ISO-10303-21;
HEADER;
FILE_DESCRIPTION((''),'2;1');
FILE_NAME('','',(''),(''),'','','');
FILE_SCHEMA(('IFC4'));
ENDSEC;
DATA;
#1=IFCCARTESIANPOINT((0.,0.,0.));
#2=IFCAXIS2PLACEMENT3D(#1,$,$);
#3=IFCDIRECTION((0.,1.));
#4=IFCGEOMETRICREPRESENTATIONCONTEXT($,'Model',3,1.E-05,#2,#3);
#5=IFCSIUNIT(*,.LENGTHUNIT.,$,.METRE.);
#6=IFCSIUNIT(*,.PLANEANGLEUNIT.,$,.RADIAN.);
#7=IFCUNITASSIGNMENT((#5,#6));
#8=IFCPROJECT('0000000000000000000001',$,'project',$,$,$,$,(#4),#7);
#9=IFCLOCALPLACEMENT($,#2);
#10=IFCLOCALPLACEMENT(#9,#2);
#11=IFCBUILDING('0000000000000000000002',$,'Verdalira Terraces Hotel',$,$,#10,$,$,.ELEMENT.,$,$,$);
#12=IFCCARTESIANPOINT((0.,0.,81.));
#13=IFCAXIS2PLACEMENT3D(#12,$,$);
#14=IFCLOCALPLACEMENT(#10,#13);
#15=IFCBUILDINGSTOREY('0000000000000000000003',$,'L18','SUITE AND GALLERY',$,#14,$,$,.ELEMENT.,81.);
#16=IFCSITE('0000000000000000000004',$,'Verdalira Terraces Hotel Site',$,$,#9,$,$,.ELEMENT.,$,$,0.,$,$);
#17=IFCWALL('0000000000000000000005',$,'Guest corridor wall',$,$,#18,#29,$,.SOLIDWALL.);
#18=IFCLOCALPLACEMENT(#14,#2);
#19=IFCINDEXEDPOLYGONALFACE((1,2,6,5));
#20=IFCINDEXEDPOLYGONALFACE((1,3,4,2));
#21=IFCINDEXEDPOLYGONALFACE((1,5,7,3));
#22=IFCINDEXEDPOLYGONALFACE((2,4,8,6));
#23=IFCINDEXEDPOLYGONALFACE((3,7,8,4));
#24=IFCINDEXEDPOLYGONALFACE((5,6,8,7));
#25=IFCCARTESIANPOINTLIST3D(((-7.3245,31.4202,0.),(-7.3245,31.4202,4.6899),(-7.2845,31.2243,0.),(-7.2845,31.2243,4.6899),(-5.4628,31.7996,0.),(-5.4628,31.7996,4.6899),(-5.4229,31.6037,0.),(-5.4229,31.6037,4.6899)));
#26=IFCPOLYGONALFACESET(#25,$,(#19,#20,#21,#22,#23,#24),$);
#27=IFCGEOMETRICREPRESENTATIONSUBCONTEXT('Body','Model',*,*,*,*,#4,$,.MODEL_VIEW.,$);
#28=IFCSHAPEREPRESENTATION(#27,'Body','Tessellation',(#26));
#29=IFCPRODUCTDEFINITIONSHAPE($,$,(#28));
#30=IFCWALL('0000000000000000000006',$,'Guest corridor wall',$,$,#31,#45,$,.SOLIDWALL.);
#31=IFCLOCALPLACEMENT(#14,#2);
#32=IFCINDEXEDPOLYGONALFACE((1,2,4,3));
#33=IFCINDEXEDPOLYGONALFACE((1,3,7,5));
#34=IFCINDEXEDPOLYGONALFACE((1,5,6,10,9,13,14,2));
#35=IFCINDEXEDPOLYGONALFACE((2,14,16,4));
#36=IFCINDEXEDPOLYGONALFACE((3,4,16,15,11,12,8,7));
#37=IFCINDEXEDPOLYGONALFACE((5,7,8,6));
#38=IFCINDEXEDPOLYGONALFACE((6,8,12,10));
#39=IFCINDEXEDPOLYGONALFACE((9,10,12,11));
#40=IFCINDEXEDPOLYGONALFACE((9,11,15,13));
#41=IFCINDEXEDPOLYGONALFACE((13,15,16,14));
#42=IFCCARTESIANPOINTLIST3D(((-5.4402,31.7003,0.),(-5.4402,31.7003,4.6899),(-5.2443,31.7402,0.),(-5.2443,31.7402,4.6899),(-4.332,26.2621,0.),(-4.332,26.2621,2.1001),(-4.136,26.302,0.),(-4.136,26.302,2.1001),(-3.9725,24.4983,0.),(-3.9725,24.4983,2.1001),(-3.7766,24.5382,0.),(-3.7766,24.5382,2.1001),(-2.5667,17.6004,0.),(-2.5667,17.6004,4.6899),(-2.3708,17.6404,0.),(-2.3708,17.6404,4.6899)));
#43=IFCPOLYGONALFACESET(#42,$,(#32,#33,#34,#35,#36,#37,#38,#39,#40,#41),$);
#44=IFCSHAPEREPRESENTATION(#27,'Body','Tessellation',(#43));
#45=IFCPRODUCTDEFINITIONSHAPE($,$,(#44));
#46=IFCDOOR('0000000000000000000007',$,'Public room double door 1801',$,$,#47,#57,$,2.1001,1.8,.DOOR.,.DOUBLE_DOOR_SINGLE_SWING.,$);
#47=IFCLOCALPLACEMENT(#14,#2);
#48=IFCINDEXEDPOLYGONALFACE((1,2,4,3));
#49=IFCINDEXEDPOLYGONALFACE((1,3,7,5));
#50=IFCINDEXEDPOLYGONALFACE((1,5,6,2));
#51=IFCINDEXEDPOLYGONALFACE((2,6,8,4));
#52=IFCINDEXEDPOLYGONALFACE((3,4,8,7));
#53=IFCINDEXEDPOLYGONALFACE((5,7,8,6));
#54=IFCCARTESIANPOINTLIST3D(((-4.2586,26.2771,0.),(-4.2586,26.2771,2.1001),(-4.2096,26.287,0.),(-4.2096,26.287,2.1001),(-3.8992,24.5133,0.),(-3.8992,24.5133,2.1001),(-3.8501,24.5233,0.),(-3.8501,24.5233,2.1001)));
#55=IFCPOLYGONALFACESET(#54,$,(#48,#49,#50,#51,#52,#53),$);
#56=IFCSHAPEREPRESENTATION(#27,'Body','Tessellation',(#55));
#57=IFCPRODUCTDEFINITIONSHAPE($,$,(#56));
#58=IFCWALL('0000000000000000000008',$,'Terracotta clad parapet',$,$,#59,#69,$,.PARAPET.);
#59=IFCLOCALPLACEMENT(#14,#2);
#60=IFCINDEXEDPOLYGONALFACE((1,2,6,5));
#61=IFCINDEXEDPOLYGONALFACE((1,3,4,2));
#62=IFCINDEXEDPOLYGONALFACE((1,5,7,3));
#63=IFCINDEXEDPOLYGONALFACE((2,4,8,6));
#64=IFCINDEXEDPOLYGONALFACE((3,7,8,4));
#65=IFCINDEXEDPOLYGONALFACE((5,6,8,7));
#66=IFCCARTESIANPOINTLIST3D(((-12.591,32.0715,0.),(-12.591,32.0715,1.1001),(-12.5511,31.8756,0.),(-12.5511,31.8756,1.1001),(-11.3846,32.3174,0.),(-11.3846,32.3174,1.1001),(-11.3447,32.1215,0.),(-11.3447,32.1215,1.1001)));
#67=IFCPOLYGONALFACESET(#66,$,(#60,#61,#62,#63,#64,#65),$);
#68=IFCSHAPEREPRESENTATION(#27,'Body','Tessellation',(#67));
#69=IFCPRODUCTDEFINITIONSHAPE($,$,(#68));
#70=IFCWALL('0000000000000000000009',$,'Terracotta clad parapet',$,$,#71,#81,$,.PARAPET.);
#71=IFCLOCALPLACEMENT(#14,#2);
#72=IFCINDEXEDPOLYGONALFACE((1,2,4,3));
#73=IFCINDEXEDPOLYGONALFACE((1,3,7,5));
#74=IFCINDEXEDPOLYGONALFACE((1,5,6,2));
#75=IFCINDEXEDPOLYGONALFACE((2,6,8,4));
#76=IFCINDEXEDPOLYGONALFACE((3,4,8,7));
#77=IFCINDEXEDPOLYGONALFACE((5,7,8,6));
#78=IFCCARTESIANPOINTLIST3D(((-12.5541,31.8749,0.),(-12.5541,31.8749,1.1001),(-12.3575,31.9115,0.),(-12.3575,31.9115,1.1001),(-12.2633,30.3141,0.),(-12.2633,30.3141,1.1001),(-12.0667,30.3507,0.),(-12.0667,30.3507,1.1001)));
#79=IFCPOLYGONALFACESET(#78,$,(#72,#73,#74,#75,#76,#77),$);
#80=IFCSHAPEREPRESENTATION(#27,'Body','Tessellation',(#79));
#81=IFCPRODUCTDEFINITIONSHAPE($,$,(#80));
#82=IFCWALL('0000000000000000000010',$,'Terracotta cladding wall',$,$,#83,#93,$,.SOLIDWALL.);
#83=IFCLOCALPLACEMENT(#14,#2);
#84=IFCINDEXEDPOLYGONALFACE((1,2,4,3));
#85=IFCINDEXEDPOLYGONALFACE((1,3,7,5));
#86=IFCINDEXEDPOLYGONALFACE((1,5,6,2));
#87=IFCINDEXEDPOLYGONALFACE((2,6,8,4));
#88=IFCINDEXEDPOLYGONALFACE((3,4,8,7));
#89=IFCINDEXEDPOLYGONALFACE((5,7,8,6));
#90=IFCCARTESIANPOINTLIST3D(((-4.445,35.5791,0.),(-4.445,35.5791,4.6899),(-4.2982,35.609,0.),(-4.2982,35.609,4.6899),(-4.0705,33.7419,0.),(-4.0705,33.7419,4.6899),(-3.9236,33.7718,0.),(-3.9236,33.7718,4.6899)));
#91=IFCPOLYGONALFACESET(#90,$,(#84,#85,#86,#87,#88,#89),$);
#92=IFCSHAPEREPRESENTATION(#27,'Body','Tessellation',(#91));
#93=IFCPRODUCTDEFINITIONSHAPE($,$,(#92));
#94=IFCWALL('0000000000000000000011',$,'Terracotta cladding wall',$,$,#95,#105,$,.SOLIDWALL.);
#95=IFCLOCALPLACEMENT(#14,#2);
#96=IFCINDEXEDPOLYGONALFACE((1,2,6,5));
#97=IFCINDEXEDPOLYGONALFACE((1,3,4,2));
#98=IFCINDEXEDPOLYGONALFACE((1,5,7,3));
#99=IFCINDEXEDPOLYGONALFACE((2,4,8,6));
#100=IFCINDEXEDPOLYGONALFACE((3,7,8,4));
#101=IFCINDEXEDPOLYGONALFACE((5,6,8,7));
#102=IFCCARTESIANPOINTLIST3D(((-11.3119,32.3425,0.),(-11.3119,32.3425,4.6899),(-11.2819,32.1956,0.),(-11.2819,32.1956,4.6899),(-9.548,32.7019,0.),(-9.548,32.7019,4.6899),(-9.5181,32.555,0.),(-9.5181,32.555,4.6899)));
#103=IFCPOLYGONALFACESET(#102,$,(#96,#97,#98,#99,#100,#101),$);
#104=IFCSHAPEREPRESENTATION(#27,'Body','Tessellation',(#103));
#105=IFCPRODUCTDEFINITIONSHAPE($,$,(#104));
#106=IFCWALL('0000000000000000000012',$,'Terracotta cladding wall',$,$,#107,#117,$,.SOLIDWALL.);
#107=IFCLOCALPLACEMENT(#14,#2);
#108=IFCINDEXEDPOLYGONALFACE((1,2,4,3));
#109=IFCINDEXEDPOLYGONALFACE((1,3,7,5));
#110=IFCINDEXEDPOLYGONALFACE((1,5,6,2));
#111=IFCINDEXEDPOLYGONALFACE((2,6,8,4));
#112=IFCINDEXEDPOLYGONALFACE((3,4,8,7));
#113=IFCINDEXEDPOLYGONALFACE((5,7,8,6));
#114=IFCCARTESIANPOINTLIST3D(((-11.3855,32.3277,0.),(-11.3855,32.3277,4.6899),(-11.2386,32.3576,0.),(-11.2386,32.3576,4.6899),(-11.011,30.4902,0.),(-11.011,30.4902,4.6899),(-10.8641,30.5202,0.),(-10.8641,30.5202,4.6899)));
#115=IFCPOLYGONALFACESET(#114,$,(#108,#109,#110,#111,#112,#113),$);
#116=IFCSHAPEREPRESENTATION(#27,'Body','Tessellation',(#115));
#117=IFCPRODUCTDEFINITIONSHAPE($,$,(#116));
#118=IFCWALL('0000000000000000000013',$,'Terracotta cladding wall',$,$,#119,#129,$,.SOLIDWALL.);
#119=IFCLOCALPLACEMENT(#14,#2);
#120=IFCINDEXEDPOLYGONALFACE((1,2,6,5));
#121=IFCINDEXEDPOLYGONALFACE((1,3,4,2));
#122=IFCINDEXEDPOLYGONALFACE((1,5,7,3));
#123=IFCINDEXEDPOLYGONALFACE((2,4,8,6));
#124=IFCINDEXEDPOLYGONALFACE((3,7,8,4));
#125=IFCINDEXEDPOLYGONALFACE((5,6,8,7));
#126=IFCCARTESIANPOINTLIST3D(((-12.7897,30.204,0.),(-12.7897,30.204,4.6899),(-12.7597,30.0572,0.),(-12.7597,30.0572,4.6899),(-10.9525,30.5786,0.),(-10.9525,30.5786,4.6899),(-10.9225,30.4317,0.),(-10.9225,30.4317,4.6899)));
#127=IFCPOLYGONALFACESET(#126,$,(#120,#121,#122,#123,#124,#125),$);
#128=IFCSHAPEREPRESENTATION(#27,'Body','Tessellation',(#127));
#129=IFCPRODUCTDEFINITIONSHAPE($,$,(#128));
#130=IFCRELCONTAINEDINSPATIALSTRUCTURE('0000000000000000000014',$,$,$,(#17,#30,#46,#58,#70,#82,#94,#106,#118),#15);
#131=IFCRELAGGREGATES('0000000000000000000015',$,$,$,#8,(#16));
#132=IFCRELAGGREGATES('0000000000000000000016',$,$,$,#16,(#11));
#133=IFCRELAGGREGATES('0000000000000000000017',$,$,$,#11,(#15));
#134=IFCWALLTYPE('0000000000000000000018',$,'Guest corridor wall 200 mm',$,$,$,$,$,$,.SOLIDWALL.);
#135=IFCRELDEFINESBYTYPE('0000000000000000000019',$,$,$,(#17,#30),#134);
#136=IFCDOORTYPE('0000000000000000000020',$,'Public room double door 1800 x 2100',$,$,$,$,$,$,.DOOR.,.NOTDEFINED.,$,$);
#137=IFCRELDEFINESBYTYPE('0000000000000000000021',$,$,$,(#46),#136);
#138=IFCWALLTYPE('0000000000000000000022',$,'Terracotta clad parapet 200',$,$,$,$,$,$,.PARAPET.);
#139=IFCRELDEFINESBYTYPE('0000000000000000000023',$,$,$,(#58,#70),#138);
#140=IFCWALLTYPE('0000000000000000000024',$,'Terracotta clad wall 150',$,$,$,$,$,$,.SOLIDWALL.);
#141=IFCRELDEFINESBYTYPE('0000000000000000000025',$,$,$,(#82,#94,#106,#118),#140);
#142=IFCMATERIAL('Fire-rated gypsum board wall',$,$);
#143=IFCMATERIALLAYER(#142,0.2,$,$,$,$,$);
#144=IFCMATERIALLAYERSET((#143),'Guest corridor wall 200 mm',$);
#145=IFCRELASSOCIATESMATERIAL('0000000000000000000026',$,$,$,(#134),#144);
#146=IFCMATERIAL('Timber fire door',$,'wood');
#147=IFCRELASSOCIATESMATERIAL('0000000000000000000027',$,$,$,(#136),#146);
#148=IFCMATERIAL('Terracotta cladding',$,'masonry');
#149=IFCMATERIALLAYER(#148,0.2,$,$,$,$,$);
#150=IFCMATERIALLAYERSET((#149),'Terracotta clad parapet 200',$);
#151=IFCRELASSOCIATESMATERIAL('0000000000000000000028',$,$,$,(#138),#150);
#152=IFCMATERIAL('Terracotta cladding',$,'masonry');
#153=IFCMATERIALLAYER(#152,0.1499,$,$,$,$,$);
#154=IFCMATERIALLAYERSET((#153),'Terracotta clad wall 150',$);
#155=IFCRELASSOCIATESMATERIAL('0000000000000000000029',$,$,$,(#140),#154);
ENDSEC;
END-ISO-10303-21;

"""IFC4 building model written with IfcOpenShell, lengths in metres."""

from ifc_helpers import new_model, si_unit, direction, frame, frame_2d, origin, place, context, subcontext, project, spatial, rectangle, extrude, material, layer, layer_set, type_object, element, fill, save


model = new_model("IFC4")

# Units and contexts
model_context = context("Model", 3, precision=1e-05, world=origin(), true_north=direction((0.0, 1.0)))
body_context = subcontext(model_context, "Body", "Model", "MODEL_VIEW")
ifc_project = project(units=[si_unit("LENGTHUNIT", "METRE"), si_unit("PLANEANGLEUNIT", "RADIAN")], contexts=[model_context])

# Site, building, storey
site_placement = place(None, origin())
site = spatial("IfcSite", under=ifc_project, at=site_placement, Name="Verdalira Terraces Hotel Site", CompositionType="ELEMENT", RefElevation=0.0)
building_placement = place(site_placement, origin())
building = spatial("IfcBuilding", under=site, at=building_placement, Name="Verdalira Terraces Hotel", CompositionType="ELEMENT")
storey_placement = place(building_placement, frame((0.0, 0.0, 81.0)))
storey = spatial("IfcBuildingStorey", under=building, at=storey_placement, Name="L18", Description="SUITE AND GALLERY", CompositionType="ELEMENT", Elevation=81.0)

# Wall
ifc_material_1 = material(Name="Fire-rated gypsum board wall")
ifc_layer_1 = layer(ifc_material_1, 0.2)
ifc_layer_set_1 = layer_set([ifc_layer_1], Name="Guest corridor wall 200 mm")
wall_type_1 = type_object("IfcWallType", Name="Guest corridor wall 200 mm", PredefinedType="SOLIDWALL", material=ifc_layer_set_1)
wall_1_placement = place(storey_placement, frame((-5.4429, 31.7017, 0.0), z_axis=(0.0, 0.0, 1.0), x_axis=(-0.979857, -0.199698, 0.0)))
element("IfcWall", 1, at=wall_1_placement, inside=storey, type_object=wall_type_1, Name="Guest corridor wall", PredefinedType="SOLIDWALL", context=body_context, shape_type="SweptSolid", body=[
    extrude(rectangle(XDim=1.8999, YDim=0.2, at=frame_2d((0.95, 0.0))), origin(), (0.0, 0.0, 1.0), 4.6899),
])

# Wall, opening, door
wall_2_placement = place(storey_placement, frame((-5.3423, 31.7202, 0.0), z_axis=(0.0, 0.0, 1.0), x_axis=(0.199694, -0.979858, 0.0)))
wall_2 = element("IfcWall", 2, at=wall_2_placement, inside=storey, type_object=wall_type_1, Name="Guest corridor wall", PredefinedType="SOLIDWALL", context=body_context, shape_type="SweptSolid", body=[
    extrude(rectangle(XDim=14.3896, YDim=0.2, at=frame_2d((7.1948, 0.0))), origin(), (0.0, 0.0, 1.0), 4.6899),
])
opening_placement = place(wall_2_placement, frame((5.55, 0.0, 0.0)))
opening = element("IfcOpeningElement", 3, at=opening_placement, cuts=wall_2, PredefinedType="OPENING", context=body_context, shape_type="SweptSolid", body=[
    extrude(rectangle(XDim=1.8, YDim=2.1001, at=frame_2d((0.8999, 1.05))), frame((0.0, 0.1099, 0.0), z_axis=(0.0, -1.0, 0.0), x_axis=(1.0, 0.0, 0.0)), (0.0, 0.0, 1.0), 0.22),
])
ifc_material_2 = material(Name="Timber fire door", Category="wood")
door_type = type_object("IfcDoorType", Name="Public room double door 1800 x 2100", OperationType="NOTDEFINED", PredefinedType="DOOR", material=ifc_material_2)
door_placement = place(opening_placement, origin())
door = element("IfcDoor", 4, at=door_placement, inside=storey, type_object=door_type, Name="Public room double door 1801", OperationType="DOUBLE_DOOR_SINGLE_SWING", OverallHeight=2.1001, OverallWidth=1.8, PredefinedType="DOOR", context=body_context, shape_type="SweptSolid", body=[
    extrude(rectangle(XDim=1.8, YDim=2.1001, at=frame_2d((0.8999, 1.05))), frame((0.0, 0.0249, 0.0), z_axis=(0.0, -1.0, 0.0), x_axis=(1.0, 0.0, 0.0)), (0.0, 0.0, 1.0), 0.05),
])
fill(opening, door)

# Walls
ifc_material_3 = material(Name="Terracotta cladding", Category="masonry")
ifc_layer_2 = layer(ifc_material_3, 0.2)
ifc_layer_set_2 = layer_set([ifc_layer_2], Name="Terracotta clad parapet 200")
wall_type_2 = type_object("IfcWallType", Name="Terracotta clad parapet 200", PredefinedType="PARAPET", material=ifc_layer_set_2)
wall_3_placement = place(storey_placement, frame((-11.3645, 32.2195, 0.0), z_axis=(0.0, 0.0, 1.0), x_axis=(-0.979857, -0.1997, 0.0)))
element("IfcWall", 5, at=wall_3_placement, inside=storey, type_object=wall_type_2, Name="Terracotta clad parapet", PredefinedType="PARAPET", context=body_context, shape_type="SweptSolid", body=[
    extrude(rectangle(XDim=1.2312, YDim=0.2, at=frame_2d((0.6157, 0.0))), origin(), (0.0, 0.0, 1.0), 1.1001),
])
wall_4_placement = place(storey_placement, frame((-12.4558, 31.8933, 0.0), z_axis=(0.0, 0.0, 1.0), x_axis=(0.183146, -0.983086, 0.0)))
element("IfcWall", 6, at=wall_4_placement, inside=storey, type_object=wall_type_2, Name="Terracotta clad parapet", PredefinedType="PARAPET", context=body_context, shape_type="SweptSolid", body=[
    extrude(rectangle(XDim=1.5876, YDim=0.2, at=frame_2d((0.7939, 0.0))), origin(), (0.0, 0.0, 1.0), 1.1001),
])
ifc_material_4 = material(Name="Terracotta cladding", Category="masonry")
ifc_layer_3 = layer(ifc_material_4, 0.1499)
ifc_layer_set_3 = layer_set([ifc_layer_3], Name="Terracotta clad wall 150")
wall_type_3 = type_object("IfcWallType", Name="Terracotta clad wall 150", PredefinedType="SOLIDWALL", material=ifc_layer_set_3)
wall_5_placement = place(storey_placement, frame((-3.9971, 33.7568, 0.0), z_axis=(0.0, 0.0, 1.0), x_axis=(-0.199746, 0.979848, 0.0)))
element("IfcWall", 7, at=wall_5_placement, inside=storey, type_object=wall_type_3, Name="Terracotta cladding wall", PredefinedType="SOLIDWALL", context=body_context, shape_type="SweptSolid", body=[
    extrude(rectangle(XDim=1.875, YDim=0.1499, at=frame_2d((0.9375, 0.0))), origin(), (0.0, 0.0, 1.0), 4.6899),
])
wall_6_placement = place(storey_placement, frame((-9.5332, 32.6284, 0.0), z_axis=(0.0, 0.0, 1.0), x_axis=(-0.97987, -0.199636, 0.0)))
element("IfcWall", 8, at=wall_6_placement, inside=storey, type_object=wall_type_3, Name="Terracotta cladding wall", PredefinedType="SOLIDWALL", context=body_context, shape_type="SweptSolid", body=[
    extrude(rectangle(XDim=1.8, YDim=0.1499, at=frame_2d((0.8999, 0.0))), origin(), (0.0, 0.0, 1.0), 4.6899),
])
wall_7_placement = place(storey_placement, frame((-11.312, 32.3425, 0.0), z_axis=(0.0, 0.0, 1.0), x_axis=(0.19972, -0.979853, 0.0)))
element("IfcWall", 9, at=wall_7_placement, inside=storey, type_object=wall_type_3, Name="Terracotta cladding wall", PredefinedType="SOLIDWALL", context=body_context, shape_type="SweptSolid", body=[
    extrude(rectangle(XDim=1.8752, YDim=0.1499, at=frame_2d((0.9375, 0.0))), origin(), (0.0, 0.0, 1.0), 4.6899),
])
wall_8_placement = place(storey_placement, frame((-10.9375, 30.5051, 0.0), z_axis=(0.0, 0.0, 1.0), x_axis=(-0.979848, -0.199746, 0.0)))
element("IfcWall", 10, at=wall_8_placement, inside=storey, type_object=wall_type_3, Name="Terracotta cladding wall", PredefinedType="SOLIDWALL", context=body_context, shape_type="SweptSolid", body=[
    extrude(rectangle(XDim=1.875, YDim=0.1499, at=frame_2d((0.9375, 0.0))), origin(), (0.0, 0.0, 1.0), 4.6899),
])

save(model, "model.ifc")
